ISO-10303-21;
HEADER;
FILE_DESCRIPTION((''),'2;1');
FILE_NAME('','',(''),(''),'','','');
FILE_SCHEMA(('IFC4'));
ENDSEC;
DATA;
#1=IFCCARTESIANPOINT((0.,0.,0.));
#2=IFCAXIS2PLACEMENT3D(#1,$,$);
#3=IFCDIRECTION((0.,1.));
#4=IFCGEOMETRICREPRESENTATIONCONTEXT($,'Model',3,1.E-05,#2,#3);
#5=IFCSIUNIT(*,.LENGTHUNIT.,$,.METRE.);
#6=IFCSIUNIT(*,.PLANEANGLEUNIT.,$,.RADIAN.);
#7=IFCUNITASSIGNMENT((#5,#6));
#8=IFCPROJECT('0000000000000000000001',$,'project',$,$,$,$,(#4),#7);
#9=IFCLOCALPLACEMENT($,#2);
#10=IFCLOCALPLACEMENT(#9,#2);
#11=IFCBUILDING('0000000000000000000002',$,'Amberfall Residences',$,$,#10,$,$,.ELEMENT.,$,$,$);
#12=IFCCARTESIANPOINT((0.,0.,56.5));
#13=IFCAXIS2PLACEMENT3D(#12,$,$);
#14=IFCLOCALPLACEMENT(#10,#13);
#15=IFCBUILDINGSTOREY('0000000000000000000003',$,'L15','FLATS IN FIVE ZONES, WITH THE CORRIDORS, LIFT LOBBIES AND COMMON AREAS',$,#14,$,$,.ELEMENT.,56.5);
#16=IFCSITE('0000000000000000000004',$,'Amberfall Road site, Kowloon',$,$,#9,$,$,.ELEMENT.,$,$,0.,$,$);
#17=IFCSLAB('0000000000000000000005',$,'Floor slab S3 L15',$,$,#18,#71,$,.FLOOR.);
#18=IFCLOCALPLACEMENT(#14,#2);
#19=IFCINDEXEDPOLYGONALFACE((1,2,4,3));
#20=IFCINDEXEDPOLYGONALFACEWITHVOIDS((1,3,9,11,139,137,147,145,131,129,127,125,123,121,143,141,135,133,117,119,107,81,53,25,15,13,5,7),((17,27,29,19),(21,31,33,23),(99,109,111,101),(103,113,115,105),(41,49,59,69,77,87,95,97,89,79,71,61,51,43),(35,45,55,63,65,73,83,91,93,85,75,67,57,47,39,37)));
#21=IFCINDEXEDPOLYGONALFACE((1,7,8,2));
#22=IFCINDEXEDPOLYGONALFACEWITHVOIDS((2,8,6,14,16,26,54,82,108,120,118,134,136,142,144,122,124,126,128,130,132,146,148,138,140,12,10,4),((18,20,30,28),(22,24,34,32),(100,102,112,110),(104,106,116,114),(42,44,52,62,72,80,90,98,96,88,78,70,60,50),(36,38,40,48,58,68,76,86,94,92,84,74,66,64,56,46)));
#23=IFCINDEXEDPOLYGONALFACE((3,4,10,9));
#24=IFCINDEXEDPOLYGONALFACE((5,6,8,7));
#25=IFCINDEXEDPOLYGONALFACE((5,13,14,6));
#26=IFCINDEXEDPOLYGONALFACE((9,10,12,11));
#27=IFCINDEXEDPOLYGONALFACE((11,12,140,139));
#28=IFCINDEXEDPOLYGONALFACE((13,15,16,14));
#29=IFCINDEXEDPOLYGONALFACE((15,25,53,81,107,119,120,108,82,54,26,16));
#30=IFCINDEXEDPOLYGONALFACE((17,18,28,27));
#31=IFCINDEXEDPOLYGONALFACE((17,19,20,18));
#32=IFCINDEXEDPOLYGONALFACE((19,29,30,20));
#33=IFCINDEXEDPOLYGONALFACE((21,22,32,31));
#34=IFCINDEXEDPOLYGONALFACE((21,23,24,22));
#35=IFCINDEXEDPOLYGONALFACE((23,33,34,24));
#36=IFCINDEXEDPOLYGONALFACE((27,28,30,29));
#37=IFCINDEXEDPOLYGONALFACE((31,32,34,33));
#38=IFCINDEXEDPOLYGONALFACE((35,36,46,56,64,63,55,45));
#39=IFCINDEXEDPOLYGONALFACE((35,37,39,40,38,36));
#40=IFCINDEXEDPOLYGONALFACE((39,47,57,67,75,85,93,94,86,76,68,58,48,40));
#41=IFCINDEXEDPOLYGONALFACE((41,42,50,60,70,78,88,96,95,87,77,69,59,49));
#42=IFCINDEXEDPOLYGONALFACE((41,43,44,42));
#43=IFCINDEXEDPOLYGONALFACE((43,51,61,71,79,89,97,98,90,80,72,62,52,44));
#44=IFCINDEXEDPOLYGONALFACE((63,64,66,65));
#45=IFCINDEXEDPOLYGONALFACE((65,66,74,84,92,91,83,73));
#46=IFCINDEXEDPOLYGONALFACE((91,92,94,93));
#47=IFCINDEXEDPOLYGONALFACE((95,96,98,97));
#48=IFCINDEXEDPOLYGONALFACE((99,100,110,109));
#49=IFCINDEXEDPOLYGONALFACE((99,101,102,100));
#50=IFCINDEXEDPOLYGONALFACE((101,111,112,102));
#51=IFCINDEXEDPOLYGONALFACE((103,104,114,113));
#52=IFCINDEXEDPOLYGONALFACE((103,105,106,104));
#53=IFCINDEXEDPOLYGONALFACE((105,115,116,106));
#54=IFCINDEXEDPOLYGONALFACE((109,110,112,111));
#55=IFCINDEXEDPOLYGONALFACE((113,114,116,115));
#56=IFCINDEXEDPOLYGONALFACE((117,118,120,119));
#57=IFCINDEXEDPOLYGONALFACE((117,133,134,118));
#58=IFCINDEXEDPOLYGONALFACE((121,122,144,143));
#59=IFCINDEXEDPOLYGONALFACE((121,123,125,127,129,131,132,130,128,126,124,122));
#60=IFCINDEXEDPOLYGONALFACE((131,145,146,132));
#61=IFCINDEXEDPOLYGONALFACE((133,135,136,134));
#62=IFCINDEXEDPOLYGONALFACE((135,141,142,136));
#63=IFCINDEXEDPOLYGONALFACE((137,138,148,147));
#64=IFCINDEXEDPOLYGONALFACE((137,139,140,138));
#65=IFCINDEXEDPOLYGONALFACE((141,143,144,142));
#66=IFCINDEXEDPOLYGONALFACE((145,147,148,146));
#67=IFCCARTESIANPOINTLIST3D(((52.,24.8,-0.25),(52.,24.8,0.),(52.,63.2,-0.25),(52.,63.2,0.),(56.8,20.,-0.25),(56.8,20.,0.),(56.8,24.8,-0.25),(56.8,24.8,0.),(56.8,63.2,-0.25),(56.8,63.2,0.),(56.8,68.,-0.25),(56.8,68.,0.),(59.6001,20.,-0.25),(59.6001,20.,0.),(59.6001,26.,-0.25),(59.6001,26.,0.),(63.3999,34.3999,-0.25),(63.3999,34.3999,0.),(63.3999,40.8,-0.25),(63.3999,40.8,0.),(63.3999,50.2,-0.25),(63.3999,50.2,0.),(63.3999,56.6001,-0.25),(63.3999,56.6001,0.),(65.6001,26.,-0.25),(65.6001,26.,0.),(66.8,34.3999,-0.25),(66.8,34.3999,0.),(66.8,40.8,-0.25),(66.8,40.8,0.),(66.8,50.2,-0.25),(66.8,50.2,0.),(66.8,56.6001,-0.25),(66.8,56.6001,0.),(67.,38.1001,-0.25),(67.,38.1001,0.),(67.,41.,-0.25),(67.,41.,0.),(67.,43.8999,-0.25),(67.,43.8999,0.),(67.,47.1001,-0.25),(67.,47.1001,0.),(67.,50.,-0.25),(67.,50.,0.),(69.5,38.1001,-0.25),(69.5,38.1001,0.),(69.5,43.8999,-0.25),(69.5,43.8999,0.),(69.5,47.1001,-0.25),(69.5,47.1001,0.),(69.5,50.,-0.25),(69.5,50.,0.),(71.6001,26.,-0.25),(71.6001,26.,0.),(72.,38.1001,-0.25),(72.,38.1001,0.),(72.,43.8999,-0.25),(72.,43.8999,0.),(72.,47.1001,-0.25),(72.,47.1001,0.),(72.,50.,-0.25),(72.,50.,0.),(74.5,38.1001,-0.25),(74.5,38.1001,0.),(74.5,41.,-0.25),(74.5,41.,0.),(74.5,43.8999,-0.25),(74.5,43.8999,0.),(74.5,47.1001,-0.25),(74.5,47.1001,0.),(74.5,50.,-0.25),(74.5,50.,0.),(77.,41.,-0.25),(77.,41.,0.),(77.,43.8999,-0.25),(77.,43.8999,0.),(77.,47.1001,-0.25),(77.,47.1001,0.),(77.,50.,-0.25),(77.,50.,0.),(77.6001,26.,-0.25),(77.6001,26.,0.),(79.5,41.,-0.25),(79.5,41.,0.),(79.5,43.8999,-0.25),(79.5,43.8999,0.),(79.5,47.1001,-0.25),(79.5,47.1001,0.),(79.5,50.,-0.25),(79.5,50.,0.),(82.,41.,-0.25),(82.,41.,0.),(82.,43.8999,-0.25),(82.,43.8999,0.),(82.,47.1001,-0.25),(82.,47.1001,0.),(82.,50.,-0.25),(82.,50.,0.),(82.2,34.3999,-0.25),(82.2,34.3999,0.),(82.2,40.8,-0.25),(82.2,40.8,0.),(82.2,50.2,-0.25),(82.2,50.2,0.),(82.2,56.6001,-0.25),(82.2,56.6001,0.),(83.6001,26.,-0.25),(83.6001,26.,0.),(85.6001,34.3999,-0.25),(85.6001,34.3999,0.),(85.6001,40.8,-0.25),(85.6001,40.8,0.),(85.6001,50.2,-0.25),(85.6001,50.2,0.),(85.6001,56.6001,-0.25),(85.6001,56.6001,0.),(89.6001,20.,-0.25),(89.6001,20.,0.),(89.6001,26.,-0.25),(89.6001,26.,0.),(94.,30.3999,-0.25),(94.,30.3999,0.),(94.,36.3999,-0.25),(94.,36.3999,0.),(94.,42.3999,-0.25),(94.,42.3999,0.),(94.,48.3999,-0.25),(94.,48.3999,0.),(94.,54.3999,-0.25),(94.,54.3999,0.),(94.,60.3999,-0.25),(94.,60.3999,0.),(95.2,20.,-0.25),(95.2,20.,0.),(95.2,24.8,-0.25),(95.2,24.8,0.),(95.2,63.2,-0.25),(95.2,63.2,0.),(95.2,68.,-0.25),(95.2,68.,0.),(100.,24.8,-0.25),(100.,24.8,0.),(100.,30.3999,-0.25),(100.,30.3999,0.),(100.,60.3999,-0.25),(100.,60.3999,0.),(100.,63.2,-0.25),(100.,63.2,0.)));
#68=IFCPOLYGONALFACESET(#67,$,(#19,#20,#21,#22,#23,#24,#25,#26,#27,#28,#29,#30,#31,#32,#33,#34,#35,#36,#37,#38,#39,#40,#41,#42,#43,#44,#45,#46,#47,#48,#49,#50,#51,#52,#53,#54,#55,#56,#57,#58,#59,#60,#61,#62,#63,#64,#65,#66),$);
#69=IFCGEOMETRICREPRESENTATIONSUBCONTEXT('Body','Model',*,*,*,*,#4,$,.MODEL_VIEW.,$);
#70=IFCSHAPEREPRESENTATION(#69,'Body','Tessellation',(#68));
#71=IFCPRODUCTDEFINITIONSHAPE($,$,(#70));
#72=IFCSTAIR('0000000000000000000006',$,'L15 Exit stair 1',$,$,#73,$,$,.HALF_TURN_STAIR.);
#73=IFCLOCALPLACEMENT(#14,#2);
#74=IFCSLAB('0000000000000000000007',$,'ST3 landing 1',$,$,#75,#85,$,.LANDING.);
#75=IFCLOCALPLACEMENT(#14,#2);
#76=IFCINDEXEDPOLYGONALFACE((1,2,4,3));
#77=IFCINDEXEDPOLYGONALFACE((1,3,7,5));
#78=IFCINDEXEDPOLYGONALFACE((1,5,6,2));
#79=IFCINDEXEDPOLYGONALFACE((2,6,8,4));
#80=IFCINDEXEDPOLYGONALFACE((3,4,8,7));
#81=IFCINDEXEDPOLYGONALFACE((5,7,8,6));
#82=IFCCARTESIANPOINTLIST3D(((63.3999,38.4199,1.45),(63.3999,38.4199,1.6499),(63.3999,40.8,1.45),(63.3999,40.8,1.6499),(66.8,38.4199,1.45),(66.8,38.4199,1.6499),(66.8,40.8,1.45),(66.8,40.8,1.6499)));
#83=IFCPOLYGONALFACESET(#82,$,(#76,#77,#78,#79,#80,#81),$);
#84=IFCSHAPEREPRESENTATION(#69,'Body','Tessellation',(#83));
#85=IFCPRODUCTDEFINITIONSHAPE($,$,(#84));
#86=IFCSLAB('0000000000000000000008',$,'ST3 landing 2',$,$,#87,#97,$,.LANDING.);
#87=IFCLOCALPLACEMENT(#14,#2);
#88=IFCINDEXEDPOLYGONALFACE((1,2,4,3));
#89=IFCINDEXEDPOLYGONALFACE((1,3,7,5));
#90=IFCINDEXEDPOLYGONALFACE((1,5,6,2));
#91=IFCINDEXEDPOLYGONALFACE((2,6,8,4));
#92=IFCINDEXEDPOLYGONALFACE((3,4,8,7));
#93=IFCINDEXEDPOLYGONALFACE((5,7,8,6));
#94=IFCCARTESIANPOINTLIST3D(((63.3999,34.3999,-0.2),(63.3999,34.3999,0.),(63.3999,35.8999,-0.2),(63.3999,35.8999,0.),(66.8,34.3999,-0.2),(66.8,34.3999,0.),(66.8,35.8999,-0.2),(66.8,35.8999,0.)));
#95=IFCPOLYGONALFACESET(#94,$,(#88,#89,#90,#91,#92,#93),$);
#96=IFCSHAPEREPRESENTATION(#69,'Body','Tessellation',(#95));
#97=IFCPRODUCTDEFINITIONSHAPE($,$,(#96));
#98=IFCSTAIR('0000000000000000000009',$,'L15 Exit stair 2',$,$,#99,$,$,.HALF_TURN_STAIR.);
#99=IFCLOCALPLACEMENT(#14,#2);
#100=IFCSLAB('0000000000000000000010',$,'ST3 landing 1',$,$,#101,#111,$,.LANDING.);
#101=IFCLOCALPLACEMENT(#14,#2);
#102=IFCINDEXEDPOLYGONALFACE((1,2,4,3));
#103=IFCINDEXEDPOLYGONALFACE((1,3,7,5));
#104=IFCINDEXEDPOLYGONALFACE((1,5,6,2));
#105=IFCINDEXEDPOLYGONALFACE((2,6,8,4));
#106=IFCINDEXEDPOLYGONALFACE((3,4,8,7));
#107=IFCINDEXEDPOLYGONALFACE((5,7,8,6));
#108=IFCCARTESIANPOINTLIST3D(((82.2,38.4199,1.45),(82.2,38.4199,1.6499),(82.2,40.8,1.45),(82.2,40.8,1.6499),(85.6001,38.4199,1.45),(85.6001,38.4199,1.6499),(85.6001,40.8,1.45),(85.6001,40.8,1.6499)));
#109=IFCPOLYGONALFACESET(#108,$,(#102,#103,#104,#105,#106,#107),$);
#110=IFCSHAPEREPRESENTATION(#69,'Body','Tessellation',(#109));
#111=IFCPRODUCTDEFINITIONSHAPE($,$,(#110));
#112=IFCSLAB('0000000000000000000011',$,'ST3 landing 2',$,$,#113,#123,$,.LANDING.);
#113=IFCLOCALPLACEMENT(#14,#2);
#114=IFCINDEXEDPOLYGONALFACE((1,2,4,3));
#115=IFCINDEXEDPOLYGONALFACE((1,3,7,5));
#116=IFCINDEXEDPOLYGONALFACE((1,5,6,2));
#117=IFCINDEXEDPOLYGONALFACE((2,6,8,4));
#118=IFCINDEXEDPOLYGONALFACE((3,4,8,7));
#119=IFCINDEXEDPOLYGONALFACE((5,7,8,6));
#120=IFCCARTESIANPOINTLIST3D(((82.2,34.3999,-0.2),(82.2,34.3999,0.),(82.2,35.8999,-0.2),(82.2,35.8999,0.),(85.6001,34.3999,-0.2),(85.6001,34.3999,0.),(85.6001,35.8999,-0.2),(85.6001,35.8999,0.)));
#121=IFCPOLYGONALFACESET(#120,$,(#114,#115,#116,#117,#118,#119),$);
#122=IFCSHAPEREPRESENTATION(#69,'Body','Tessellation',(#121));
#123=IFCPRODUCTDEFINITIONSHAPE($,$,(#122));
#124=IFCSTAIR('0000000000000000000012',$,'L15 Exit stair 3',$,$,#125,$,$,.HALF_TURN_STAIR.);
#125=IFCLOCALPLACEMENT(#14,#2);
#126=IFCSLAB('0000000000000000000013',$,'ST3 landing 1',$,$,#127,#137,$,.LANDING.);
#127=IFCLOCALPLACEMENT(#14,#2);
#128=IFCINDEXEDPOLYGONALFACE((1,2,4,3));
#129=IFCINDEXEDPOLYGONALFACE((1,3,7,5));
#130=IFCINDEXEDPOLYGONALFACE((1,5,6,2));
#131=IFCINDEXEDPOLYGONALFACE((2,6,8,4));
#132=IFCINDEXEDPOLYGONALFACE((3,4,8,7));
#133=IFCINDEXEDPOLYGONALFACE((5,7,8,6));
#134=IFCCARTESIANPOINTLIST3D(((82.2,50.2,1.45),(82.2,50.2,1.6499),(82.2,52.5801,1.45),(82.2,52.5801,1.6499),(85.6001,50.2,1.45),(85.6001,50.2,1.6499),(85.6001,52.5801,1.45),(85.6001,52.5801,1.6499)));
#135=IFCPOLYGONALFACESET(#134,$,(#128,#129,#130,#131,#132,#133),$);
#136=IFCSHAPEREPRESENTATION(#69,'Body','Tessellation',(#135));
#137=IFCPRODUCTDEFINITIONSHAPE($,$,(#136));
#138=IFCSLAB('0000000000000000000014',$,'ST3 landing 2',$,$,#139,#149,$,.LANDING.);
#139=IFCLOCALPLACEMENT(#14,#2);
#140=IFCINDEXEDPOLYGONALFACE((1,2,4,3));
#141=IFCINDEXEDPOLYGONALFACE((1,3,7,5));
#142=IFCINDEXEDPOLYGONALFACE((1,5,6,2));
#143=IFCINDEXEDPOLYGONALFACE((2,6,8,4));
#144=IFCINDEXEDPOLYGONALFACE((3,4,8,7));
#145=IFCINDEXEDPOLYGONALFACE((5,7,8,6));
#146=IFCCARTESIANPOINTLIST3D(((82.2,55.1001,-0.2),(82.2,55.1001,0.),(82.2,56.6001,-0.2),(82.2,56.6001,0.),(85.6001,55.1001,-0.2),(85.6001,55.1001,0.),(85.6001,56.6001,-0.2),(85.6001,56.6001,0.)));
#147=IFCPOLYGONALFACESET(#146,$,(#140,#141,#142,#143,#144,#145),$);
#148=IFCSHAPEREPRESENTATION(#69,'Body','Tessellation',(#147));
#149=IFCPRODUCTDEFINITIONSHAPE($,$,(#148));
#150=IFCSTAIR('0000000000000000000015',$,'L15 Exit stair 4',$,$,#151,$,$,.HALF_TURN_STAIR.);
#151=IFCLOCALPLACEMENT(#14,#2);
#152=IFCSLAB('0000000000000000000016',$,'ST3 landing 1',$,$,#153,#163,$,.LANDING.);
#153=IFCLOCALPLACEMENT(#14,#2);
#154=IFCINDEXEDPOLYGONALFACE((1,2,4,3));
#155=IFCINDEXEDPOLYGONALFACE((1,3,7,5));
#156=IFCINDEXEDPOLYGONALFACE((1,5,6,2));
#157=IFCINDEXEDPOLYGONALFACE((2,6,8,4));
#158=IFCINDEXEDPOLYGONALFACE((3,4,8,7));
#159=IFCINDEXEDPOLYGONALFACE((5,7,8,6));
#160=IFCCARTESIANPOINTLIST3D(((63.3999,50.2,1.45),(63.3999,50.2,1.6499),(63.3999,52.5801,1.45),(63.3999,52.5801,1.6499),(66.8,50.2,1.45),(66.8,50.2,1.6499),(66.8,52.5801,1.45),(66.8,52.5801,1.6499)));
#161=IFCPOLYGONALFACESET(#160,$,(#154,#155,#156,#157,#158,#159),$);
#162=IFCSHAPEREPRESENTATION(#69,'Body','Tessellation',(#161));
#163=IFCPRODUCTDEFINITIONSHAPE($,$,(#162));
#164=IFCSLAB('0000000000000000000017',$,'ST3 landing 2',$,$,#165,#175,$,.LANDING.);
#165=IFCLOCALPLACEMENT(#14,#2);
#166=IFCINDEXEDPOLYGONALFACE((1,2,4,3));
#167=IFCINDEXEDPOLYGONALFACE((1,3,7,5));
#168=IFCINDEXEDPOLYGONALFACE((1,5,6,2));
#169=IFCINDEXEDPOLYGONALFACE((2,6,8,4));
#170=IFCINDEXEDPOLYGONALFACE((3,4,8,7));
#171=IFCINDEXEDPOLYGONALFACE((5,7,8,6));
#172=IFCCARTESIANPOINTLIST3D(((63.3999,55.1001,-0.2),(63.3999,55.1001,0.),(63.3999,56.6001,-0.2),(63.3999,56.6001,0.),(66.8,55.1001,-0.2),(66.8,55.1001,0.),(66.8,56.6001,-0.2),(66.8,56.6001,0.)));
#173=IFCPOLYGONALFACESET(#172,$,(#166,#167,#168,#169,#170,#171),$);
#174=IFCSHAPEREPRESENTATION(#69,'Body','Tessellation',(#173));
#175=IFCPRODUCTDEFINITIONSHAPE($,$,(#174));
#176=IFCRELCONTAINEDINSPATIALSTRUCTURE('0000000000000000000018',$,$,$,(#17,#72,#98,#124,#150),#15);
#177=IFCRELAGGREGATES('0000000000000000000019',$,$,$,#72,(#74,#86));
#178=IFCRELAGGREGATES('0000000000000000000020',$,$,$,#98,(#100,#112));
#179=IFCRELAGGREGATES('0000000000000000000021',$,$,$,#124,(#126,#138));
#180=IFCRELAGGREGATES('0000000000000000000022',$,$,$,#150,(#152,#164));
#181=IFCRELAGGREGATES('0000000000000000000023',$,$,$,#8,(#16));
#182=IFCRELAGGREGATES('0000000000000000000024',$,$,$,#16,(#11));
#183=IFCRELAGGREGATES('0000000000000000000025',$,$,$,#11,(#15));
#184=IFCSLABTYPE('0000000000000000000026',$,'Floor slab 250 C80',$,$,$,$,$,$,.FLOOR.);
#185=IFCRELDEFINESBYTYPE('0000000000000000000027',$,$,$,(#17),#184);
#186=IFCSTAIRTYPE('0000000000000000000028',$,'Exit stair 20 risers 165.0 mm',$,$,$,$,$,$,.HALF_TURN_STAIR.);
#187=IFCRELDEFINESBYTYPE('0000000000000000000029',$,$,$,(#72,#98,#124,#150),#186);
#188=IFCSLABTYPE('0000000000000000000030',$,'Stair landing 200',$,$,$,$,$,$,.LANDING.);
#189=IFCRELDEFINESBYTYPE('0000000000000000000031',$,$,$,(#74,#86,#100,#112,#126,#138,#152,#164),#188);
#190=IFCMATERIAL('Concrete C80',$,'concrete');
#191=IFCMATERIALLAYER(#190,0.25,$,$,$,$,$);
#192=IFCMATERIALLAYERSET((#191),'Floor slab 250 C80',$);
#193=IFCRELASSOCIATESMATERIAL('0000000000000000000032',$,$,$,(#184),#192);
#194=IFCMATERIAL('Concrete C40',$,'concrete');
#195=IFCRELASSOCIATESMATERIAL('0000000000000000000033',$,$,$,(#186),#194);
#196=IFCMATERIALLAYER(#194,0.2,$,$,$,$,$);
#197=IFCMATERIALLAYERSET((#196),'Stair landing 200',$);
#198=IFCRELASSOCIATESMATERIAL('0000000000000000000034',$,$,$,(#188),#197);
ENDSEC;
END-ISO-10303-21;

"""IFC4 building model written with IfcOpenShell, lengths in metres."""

from ifc_helpers import new_model, si_unit, direction, frame, origin, place, context, subcontext, project, spatial, polyline, outline, extrude, material, layer, layer_set, type_object, element, aggregate, save


model = new_model("IFC4")

# Units and contexts
model_context = context("Model", 3, precision=1e-05, world=origin(), true_north=direction((0.0, 1.0)))
body_context = subcontext(model_context, "Body", "Model", "MODEL_VIEW")
ifc_project = project(units=[si_unit("LENGTHUNIT", "METRE"), si_unit("PLANEANGLEUNIT", "RADIAN")], contexts=[model_context])

# Site, building, storey
site_placement = place(None, origin())
site = spatial("IfcSite", under=ifc_project, at=site_placement, Name="Amberfall Road site, Kowloon", CompositionType="ELEMENT", RefElevation=0.0)
building_placement = place(site_placement, origin())
building = spatial("IfcBuilding", under=site, at=building_placement, Name="Amberfall Residences", CompositionType="ELEMENT")
storey_placement = place(building_placement, frame((0.0, 0.0, 56.5)))
storey = spatial("IfcBuildingStorey", under=building, at=storey_placement, Name="L15", Description="FLATS IN FIVE ZONES, WITH THE CORRIDORS, LIFT LOBBIES AND COMMON AREAS", CompositionType="ELEMENT", Elevation=56.5)

# Slab
ifc_material_1 = material(Name="Concrete C80", Category="concrete")
ifc_layer_1 = layer(ifc_material_1, 0.25)
ifc_layer_set_1 = layer_set([ifc_layer_1], Name="Floor slab 250 C80")
slab_type_1 = type_object("IfcSlabType", Name="Floor slab 250 C80", PredefinedType="FLOOR", material=ifc_layer_set_1)
slab_1_placement = place(storey_placement, frame((0.0, 0.0, -0.25)))
element("IfcSlab", 1, at=slab_1_placement, inside=storey, type_object=slab_type_1, Name="Floor slab S3 L15", PredefinedType="FLOOR", context=body_context, shape_type="SweptSolid", body=[
    extrude(outline(polyline([(89.6001, 20.0), (89.6001, 26.0), (83.6001, 26.0), (77.6001, 26.0), (71.6001, 26.0), (65.6001, 26.0), (59.6001, 26.0), (59.6001, 20.0), (56.8, 20.0), (56.8, 24.8), (52.0, 24.8), (52.0, 63.2), (56.8, 63.2), (56.8, 68.0), (95.2, 68.0), (95.2, 63.2), (100.0, 63.2), (100.0, 60.3999), (94.0, 60.3999), (94.0, 54.3999), (94.0, 48.3999), (94.0, 42.3999), (94.0, 36.3999), (94.0, 30.3999), (100.0, 30.3999), (100.0, 24.8), (95.2, 24.8), (95.2, 20.0), (89.6001, 20.0)]), holes=[polyline([(85.6001, 34.3999), (85.6001, 40.8), (82.2, 40.8), (82.2, 34.3999), (85.6001, 34.3999)]), polyline([(82.2, 50.2), (85.6001, 50.2), (85.6001, 56.6001), (82.2, 56.6001), (82.2, 50.2)]), polyline([(69.5, 50.0), (67.0, 50.0), (67.0, 47.1001), (69.5, 47.1001), (72.0, 47.1001), (74.5, 47.1001), (77.0, 47.1001), (79.5, 47.1001), (82.0, 47.1001), (82.0, 50.0), (79.5, 50.0), (77.0, 50.0), (74.5, 50.0), (72.0, 50.0), (69.5, 50.0)]), polyline([(74.5, 41.0), (77.0, 41.0), (79.5, 41.0), (82.0, 41.0), (82.0, 43.8999), (79.5, 43.8999), (77.0, 43.8999), (74.5, 43.8999), (72.0, 43.8999), (69.5, 43.8999), (67.0, 43.8999), (67.0, 41.0), (67.0, 38.1001), (69.5, 38.1001), (72.0, 38.1001), (74.5, 38.1001), (74.5, 41.0)]), polyline([(66.8, 34.3999), (66.8, 40.8), (63.3999, 40.8), (63.3999, 34.3999), (66.8, 34.3999)]), polyline([(66.8, 50.2), (66.8, 56.6001), (63.3999, 56.6001), (63.3999, 50.2), (66.8, 50.2)])]), origin(), (0.0, 0.0, 1.0), 0.25),
])

# Stairs, slabs
ifc_material_2 = material(Name="Concrete C40", Category="concrete")
stair_type = type_object("IfcStairType", Name="Exit stair 20 risers 165.0 mm", PredefinedType="HALF_TURN_STAIR", material=ifc_material_2)
stair_1_placement = place(storey_placement, origin())
stair_1 = element("IfcStair", 2, at=stair_1_placement, inside=storey, type_object=stair_type, Name="L15 Exit stair 1", PredefinedType="HALF_TURN_STAIR")
ifc_layer_2 = layer(ifc_material_2, 0.2)
ifc_layer_set_2 = layer_set([ifc_layer_2], Name="Stair landing 200")
slab_type_2 = type_object("IfcSlabType", Name="Stair landing 200", PredefinedType="LANDING", material=ifc_layer_set_2)
slab_2_placement = place(storey_placement, frame((0.0, 0.0, 1.45)))
slab_2 = element("IfcSlab", 3, at=slab_2_placement, type_object=slab_type_2, Name="ST3 landing 1", PredefinedType="LANDING", context=body_context, shape_type="SweptSolid", body=[
    extrude(outline(polyline([(66.8, 38.4199), (66.8, 40.8), (63.3999, 40.8), (63.3999, 38.4199), (66.8, 38.4199)])), origin(), (0.0, 0.0, 1.0), 0.2),
])
slab_3_placement = place(storey_placement, frame((0.0, 0.0, -0.2)))
slab_3 = element("IfcSlab", 4, at=slab_3_placement, type_object=slab_type_2, Name="ST3 landing 2", PredefinedType="LANDING", context=body_context, shape_type="SweptSolid", body=[
    extrude(outline(polyline([(66.8, 34.3999), (66.8, 35.8999), (63.3999, 35.8999), (63.3999, 34.3999), (66.8, 34.3999)])), origin(), (0.0, 0.0, 1.0), 0.2),
])
aggregate(stair_1, [slab_2, slab_3])
stair_2_placement = place(storey_placement, origin())
stair_2 = element("IfcStair", 5, at=stair_2_placement, inside=storey, type_object=stair_type, Name="L15 Exit stair 2", PredefinedType="HALF_TURN_STAIR")
slab_4_placement = place(storey_placement, frame((0.0, 0.0, 1.45)))
slab_4 = element("IfcSlab", 6, at=slab_4_placement, type_object=slab_type_2, Name="ST3 landing 1", PredefinedType="LANDING", context=body_context, shape_type="SweptSolid", body=[
    extrude(outline(polyline([(85.6001, 38.4199), (85.6001, 40.8), (82.2, 40.8), (82.2, 38.4199), (85.6001, 38.4199)])), origin(), (0.0, 0.0, 1.0), 0.2),
])
slab_5_placement = place(storey_placement, frame((0.0, 0.0, -0.2)))
slab_5 = element("IfcSlab", 7, at=slab_5_placement, type_object=slab_type_2, Name="ST3 landing 2", PredefinedType="LANDING", context=body_context, shape_type="SweptSolid", body=[
    extrude(outline(polyline([(85.6001, 34.3999), (85.6001, 35.8999), (82.2, 35.8999), (82.2, 34.3999), (85.6001, 34.3999)])), origin(), (0.0, 0.0, 1.0), 0.2),
])
aggregate(stair_2, [slab_4, slab_5])
stair_3_placement = place(storey_placement, origin())
stair_3 = element("IfcStair", 8, at=stair_3_placement, inside=storey, type_object=stair_type, Name="L15 Exit stair 3", PredefinedType="HALF_TURN_STAIR")
slab_6_placement = place(storey_placement, frame((0.0, 0.0, 1.45)))
slab_6 = element("IfcSlab", 9, at=slab_6_placement, type_object=slab_type_2, Name="ST3 landing 1", PredefinedType="LANDING", context=body_context, shape_type="SweptSolid", body=[
    extrude(outline(polyline([(82.2, 52.5801), (82.2, 50.2), (85.6001, 50.2), (85.6001, 52.5801), (82.2, 52.5801)])), origin(), (0.0, 0.0, 1.0), 0.2),
])
slab_7_placement = place(storey_placement, frame((0.0, 0.0, -0.2)))
slab_7 = element("IfcSlab", 10, at=slab_7_placement, type_object=slab_type_2, Name="ST3 landing 2", PredefinedType="LANDING", context=body_context, shape_type="SweptSolid", body=[
    extrude(outline(polyline([(82.2, 56.6001), (82.2, 55.1001), (85.6001, 55.1001), (85.6001, 56.6001), (82.2, 56.6001)])), origin(), (0.0, 0.0, 1.0), 0.2),
])
aggregate(stair_3, [slab_6, slab_7])
stair_4_placement = place(storey_placement, origin())
stair_4 = element("IfcStair", 11, at=stair_4_placement, inside=storey, type_object=stair_type, Name="L15 Exit stair 4", PredefinedType="HALF_TURN_STAIR")
slab_8_placement = place(storey_placement, frame((0.0, 0.0, 1.45)))
slab_8 = element("IfcSlab", 12, at=slab_8_placement, type_object=slab_type_2, Name="ST3 landing 1", PredefinedType="LANDING", context=body_context, shape_type="SweptSolid", body=[
    extrude(outline(polyline([(63.3999, 52.5801), (63.3999, 50.2), (66.8, 50.2), (66.8, 52.5801), (63.3999, 52.5801)])), origin(), (0.0, 0.0, 1.0), 0.2),
])
slab_9_placement = place(storey_placement, frame((0.0, 0.0, -0.2)))
slab_9 = element("IfcSlab", 13, at=slab_9_placement, type_object=slab_type_2, Name="ST3 landing 2", PredefinedType="LANDING", context=body_context, shape_type="SweptSolid", body=[
    extrude(outline(polyline([(63.3999, 56.6001), (63.3999, 55.1001), (66.8, 55.1001), (66.8, 56.6001), (63.3999, 56.6001)])), origin(), (0.0, 0.0, 1.0), 0.2),
])
aggregate(stair_4, [slab_8, slab_9])

save(model, "model.ifc")
